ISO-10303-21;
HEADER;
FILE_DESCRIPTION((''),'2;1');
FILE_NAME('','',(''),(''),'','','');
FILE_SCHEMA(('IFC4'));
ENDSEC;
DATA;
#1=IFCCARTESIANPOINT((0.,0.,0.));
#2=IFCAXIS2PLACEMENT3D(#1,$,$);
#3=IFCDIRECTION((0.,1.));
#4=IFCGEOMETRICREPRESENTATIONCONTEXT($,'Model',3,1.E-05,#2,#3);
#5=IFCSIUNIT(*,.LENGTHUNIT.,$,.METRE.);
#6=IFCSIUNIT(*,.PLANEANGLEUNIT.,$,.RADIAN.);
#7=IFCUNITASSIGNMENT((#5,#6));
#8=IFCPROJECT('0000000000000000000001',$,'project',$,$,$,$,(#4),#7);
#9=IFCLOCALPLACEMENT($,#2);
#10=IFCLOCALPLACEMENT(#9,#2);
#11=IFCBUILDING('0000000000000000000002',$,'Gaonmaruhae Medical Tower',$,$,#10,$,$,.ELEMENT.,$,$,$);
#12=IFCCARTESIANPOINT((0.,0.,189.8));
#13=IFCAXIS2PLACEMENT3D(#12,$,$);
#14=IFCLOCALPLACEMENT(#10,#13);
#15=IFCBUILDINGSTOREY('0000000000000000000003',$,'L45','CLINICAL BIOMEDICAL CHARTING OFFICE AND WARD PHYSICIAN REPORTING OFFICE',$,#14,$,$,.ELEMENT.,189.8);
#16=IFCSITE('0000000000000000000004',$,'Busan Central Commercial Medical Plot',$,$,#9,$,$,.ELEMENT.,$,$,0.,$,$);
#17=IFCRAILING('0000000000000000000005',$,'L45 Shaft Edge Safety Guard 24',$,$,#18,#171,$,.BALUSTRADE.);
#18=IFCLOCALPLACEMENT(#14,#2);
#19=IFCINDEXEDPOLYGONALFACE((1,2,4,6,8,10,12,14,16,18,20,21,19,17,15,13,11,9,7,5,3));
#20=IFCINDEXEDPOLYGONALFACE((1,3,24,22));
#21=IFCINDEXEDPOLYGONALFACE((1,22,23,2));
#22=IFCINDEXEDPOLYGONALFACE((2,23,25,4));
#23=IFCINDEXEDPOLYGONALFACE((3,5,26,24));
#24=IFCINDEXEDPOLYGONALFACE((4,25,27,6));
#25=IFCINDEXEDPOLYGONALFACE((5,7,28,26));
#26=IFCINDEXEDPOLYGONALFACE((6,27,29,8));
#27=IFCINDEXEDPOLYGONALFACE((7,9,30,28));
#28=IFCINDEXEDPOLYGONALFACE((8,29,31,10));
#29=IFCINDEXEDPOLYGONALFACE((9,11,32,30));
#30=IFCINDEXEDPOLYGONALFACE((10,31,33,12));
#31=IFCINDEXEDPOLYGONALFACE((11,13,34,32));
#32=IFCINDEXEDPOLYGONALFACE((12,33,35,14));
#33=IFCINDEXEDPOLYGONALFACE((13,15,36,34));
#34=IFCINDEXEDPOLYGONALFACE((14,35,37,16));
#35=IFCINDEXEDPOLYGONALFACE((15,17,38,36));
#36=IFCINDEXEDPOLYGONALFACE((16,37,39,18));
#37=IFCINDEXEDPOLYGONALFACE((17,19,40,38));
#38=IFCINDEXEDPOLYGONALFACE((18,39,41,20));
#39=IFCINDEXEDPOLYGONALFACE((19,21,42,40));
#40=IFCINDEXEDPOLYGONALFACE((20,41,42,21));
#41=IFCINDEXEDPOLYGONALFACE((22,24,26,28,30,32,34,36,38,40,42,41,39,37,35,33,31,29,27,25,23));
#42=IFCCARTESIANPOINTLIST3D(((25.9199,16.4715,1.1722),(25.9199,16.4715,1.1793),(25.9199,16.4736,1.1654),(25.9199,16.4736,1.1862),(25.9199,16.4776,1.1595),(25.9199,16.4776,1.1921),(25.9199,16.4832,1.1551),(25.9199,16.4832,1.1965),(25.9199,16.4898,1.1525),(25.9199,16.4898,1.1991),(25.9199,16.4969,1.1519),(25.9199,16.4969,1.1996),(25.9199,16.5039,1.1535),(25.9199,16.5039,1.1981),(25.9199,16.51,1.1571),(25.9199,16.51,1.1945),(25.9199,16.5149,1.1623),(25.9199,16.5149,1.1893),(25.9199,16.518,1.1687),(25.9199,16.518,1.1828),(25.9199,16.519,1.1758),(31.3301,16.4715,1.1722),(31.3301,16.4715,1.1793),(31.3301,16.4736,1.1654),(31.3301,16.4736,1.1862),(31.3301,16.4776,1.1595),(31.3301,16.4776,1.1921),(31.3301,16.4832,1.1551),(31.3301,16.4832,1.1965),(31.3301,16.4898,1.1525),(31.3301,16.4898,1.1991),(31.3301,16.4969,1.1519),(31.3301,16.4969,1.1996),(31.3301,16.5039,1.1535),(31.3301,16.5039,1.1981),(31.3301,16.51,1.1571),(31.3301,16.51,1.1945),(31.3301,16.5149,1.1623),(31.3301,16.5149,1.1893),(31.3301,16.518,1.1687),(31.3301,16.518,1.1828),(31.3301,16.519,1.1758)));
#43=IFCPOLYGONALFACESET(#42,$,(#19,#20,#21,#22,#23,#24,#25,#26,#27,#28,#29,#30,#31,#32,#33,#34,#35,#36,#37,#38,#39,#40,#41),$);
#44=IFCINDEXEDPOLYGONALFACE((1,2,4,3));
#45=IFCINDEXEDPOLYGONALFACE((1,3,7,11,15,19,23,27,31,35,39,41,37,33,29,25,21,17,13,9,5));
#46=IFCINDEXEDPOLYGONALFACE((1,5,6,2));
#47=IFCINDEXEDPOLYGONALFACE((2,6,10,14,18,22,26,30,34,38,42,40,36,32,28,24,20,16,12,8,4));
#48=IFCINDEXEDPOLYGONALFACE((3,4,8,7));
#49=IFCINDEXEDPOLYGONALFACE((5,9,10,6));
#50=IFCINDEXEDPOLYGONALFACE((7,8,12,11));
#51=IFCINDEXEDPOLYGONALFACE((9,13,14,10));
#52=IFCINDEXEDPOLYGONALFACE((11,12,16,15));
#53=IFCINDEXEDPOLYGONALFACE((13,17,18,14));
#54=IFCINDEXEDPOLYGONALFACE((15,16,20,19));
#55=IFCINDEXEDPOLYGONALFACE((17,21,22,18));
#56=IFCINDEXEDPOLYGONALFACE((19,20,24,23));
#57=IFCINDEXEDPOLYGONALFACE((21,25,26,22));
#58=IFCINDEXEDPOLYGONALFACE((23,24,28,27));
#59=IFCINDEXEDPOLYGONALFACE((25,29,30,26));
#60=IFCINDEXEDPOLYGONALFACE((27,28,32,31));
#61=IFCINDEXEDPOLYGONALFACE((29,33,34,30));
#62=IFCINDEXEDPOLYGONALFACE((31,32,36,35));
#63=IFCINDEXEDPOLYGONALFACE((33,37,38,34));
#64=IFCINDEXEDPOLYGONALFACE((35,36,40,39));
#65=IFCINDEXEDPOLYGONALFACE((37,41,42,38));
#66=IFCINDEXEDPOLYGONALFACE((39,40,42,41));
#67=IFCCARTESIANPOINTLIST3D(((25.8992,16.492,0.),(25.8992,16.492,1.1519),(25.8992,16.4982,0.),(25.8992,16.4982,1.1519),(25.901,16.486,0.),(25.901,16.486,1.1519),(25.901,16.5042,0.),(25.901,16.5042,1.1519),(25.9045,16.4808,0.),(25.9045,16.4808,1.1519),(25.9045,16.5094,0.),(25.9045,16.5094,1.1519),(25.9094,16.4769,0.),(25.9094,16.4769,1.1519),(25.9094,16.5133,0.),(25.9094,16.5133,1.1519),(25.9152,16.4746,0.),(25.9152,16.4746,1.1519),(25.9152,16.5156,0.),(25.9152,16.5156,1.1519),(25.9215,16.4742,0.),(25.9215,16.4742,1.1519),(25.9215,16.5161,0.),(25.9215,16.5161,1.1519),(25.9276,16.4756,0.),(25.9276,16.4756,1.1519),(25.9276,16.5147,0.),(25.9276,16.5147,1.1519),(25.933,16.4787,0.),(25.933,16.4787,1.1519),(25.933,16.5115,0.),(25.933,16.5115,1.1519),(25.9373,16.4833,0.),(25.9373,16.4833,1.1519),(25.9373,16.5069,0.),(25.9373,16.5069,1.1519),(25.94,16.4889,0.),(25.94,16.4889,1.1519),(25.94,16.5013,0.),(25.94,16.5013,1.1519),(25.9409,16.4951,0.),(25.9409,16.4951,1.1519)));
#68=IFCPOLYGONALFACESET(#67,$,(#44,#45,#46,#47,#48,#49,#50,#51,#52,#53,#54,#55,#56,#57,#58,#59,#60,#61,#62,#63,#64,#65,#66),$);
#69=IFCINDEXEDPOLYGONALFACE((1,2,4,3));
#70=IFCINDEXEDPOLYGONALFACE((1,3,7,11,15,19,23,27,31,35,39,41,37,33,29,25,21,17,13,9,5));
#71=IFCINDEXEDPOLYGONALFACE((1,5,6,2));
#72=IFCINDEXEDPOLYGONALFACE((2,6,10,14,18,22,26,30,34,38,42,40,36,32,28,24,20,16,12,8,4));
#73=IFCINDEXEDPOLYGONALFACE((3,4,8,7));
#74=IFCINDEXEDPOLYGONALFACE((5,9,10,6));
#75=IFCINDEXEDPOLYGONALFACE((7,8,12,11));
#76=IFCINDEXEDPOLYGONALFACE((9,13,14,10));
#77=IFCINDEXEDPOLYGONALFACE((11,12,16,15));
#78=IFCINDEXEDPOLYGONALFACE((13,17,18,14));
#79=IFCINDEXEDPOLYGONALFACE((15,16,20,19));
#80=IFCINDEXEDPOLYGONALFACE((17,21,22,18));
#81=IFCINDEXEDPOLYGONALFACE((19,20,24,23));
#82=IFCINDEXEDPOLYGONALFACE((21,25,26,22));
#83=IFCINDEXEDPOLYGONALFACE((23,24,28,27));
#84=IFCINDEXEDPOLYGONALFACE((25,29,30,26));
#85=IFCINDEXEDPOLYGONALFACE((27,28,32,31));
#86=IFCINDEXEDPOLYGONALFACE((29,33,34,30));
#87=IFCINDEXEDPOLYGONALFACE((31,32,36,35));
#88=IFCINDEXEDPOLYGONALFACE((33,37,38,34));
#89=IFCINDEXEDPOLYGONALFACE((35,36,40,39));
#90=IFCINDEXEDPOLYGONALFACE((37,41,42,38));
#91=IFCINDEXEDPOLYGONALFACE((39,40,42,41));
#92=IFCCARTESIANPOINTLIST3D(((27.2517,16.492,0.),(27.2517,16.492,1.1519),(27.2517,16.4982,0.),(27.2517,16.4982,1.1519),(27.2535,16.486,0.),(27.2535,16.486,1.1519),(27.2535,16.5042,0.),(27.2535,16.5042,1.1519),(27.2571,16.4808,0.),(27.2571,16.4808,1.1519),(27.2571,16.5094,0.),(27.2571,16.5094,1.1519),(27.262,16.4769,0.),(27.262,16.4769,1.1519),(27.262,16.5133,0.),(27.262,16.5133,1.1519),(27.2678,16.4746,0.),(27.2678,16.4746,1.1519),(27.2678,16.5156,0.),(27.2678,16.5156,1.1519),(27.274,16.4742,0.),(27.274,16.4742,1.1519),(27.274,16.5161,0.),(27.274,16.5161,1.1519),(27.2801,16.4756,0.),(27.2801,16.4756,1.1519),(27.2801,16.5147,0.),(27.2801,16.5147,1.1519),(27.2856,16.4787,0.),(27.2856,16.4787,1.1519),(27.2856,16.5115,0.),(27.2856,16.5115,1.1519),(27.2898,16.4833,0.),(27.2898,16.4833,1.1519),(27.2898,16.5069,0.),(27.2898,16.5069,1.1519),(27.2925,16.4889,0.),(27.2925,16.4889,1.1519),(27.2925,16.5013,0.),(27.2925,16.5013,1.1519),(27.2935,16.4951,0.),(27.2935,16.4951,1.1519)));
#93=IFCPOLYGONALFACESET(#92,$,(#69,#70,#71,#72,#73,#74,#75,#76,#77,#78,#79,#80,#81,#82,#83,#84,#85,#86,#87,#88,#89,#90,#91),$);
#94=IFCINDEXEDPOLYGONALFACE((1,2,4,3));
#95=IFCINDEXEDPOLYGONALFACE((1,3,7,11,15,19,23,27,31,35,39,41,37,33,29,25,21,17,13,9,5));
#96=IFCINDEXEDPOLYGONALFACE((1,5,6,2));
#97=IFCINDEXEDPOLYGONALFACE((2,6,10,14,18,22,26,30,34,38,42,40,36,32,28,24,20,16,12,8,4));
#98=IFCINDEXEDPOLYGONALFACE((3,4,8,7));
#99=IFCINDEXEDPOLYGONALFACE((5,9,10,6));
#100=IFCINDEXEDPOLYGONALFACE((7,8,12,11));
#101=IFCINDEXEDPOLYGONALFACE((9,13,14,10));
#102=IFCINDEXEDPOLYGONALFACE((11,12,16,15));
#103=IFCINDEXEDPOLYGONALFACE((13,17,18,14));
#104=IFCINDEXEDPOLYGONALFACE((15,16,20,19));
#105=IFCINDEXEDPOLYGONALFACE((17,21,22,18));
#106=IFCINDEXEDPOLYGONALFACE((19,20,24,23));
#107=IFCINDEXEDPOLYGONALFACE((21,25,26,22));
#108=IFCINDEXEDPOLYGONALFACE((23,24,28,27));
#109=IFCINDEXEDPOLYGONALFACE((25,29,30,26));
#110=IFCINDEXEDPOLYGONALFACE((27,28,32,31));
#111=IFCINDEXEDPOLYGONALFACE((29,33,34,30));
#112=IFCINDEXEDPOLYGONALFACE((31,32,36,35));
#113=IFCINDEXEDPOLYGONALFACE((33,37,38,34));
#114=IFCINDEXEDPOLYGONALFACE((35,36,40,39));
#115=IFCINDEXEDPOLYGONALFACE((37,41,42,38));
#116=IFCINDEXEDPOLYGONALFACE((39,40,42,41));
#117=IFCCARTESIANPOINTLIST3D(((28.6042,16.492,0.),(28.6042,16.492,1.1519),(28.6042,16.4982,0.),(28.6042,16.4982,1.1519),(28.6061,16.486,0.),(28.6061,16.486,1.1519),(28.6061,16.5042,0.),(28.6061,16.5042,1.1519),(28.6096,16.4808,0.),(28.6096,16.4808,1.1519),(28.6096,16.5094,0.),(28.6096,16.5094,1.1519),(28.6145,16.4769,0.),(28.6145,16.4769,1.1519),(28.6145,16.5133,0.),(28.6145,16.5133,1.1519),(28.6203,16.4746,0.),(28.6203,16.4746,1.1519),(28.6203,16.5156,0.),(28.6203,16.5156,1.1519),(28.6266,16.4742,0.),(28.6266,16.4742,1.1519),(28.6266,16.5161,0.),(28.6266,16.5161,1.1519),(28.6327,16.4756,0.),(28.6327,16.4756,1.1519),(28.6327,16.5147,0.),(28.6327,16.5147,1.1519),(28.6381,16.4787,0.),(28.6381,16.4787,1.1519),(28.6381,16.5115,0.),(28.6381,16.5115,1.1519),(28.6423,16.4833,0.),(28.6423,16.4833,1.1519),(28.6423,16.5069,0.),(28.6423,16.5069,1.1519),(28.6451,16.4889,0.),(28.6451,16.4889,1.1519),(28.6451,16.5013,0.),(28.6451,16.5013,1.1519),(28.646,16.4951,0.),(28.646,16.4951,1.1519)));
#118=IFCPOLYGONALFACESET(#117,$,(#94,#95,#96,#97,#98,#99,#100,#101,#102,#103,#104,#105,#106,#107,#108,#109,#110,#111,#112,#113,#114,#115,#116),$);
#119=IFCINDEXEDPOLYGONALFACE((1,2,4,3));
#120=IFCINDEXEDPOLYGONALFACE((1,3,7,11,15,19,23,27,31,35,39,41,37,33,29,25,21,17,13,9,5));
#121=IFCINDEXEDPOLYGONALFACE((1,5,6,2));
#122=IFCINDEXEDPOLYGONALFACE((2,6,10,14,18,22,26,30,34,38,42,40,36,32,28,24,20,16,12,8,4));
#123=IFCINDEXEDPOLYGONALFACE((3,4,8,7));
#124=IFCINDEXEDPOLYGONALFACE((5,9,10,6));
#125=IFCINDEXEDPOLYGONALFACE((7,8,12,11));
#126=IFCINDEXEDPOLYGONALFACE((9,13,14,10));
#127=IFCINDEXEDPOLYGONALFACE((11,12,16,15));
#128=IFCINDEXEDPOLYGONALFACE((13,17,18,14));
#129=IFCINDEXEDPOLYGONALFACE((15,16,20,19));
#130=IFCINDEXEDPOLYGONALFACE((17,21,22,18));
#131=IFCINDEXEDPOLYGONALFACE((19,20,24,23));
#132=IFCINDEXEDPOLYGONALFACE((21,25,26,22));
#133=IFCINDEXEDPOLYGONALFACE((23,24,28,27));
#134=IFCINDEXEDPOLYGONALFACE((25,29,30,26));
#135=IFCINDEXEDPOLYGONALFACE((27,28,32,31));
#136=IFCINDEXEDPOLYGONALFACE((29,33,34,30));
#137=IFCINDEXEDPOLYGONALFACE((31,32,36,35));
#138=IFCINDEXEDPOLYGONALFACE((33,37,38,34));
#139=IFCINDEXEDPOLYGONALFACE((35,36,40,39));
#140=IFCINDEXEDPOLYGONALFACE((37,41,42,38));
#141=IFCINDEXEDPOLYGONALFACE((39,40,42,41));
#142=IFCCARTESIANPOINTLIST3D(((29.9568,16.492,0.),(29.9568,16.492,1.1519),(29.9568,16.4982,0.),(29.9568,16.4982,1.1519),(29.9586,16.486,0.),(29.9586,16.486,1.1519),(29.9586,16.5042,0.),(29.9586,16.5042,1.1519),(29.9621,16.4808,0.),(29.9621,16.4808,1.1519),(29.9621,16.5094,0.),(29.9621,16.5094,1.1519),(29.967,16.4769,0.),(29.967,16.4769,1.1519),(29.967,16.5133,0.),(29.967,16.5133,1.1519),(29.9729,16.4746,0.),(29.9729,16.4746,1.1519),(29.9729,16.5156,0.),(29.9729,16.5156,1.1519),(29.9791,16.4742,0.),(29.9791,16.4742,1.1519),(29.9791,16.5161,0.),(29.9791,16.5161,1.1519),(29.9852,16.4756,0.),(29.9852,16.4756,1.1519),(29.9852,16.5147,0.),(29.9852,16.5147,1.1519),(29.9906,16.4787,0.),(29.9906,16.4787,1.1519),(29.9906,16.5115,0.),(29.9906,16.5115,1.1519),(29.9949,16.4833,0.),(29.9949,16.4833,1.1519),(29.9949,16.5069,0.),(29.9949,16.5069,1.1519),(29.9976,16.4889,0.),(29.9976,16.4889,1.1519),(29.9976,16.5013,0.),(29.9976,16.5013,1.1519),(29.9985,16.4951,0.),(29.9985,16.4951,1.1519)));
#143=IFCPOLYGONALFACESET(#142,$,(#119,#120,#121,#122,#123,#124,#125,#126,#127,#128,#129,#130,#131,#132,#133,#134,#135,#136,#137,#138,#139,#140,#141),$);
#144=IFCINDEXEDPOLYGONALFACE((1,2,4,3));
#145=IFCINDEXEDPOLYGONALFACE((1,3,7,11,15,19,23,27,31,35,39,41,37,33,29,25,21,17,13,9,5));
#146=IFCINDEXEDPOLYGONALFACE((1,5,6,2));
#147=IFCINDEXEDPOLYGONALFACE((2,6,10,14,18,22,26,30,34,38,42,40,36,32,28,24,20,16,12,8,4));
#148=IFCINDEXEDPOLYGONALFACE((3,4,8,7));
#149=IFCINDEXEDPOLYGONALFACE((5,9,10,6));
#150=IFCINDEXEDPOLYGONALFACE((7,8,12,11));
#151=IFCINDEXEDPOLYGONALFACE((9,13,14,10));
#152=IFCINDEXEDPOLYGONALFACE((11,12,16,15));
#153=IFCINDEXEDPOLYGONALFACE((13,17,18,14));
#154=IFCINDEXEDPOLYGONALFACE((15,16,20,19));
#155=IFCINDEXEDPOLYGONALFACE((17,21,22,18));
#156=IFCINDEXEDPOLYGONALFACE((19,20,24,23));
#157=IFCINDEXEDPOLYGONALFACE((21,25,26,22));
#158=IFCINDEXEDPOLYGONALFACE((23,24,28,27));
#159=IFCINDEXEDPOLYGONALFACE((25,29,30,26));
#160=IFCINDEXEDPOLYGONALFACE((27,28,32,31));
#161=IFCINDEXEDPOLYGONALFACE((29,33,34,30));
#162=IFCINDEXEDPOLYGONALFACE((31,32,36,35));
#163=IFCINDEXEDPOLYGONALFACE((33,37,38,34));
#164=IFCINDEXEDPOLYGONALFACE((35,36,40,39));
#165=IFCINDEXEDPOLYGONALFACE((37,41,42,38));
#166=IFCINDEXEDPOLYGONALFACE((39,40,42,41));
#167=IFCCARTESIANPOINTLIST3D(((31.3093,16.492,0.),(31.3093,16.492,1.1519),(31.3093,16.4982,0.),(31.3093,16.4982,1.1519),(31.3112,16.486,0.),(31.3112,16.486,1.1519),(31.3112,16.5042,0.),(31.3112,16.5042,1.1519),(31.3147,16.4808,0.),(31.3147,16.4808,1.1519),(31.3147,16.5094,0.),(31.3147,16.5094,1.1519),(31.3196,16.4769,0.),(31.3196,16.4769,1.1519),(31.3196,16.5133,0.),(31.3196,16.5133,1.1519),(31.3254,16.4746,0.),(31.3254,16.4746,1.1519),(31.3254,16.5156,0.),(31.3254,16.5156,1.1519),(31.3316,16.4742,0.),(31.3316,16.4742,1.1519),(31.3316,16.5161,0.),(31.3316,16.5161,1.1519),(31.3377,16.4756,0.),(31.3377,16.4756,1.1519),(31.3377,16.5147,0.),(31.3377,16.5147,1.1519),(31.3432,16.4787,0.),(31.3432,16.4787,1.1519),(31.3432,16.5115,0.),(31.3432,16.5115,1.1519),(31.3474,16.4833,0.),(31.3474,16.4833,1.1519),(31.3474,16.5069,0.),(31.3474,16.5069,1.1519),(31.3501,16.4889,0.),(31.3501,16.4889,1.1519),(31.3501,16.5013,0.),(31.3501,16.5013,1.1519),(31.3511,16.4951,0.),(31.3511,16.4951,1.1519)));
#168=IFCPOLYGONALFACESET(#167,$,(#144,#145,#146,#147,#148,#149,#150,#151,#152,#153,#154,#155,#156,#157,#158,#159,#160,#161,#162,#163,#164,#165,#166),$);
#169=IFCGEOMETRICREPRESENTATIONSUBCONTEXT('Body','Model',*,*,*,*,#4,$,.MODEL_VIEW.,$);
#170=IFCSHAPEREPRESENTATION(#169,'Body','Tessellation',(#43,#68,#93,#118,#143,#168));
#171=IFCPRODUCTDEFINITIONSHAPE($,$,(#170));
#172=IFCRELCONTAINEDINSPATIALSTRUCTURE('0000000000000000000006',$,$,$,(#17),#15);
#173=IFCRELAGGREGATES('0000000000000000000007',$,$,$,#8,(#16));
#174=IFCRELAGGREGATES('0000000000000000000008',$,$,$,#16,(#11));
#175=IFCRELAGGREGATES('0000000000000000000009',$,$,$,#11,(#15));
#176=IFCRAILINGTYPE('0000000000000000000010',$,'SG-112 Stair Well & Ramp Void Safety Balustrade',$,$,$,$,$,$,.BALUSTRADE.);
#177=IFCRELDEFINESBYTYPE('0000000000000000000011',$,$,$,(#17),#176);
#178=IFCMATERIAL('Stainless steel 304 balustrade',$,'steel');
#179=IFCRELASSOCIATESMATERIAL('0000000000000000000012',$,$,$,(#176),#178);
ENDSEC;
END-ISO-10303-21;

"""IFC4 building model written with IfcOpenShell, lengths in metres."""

from ifc_helpers import new_model, si_unit, direction, frame, origin, origin_2d, place, context, subcontext, project, spatial, circle, extrude, material, type_object, element, save


model = new_model("IFC4")

# Units and contexts
model_context = context("Model", 3, precision=1e-05, world=origin(), true_north=direction((0.0, 1.0)))
body_context = subcontext(model_context, "Body", "Model", "MODEL_VIEW")
ifc_project = project(units=[si_unit("LENGTHUNIT", "METRE"), si_unit("PLANEANGLEUNIT", "RADIAN")], contexts=[model_context])

# Site, building, storey
site_placement = place(None, origin())
site = spatial("IfcSite", under=ifc_project, at=site_placement, Name="Busan Central Commercial Medical Plot", CompositionType="ELEMENT", RefElevation=0.0)
building_placement = place(site_placement, origin())
building = spatial("IfcBuilding", under=site, at=building_placement, Name="Gaonmaruhae Medical Tower", CompositionType="ELEMENT")
storey_placement = place(building_placement, frame((0.0, 0.0, 189.8)))
storey = spatial("IfcBuildingStorey", under=building, at=storey_placement, Name="L45", Description="CLINICAL BIOMEDICAL CHARTING OFFICE AND WARD PHYSICIAN REPORTING OFFICE", CompositionType="ELEMENT", Elevation=189.8)

# Railing
ifc_material_1 = material(Name="Stainless steel 304 balustrade", Category="steel")
railing_type = type_object("IfcRailingType", Name="SG-112 Stair Well & Ramp Void Safety Balustrade", PredefinedType="BALUSTRADE", material=ifc_material_1)
railing_1_placement = place(storey_placement, frame((25.9199, 16.4951, 0.0)))
element("IfcRailing", 1, at=railing_1_placement, inside=storey, type_object=railing_type, Name="L45 Shaft Edge Safety Guard 24", PredefinedType="BALUSTRADE", context=body_context, shape_type="SweptSolid", body=[
    extrude(circle(Radius=0.0239, at=origin_2d()), frame((0.0, 0.0, 1.1758), z_axis=(1.0, 0.0, 0.0), x_axis=(0.0, 1.0, 0.0)), (0.0, 0.0, 1.0), 5.4102),
    extrude(circle(Radius=0.021, at=origin_2d()), origin(), (0.0, 0.0, 1.0), 1.1519),
    extrude(circle(Radius=0.021, at=origin_2d()), frame((1.3525, 0.0, 0.0)), (0.0, 0.0, 1.0), 1.1519),
    extrude(circle(Radius=0.021, at=origin_2d()), frame((2.7051, 0.0, 0.0)), (0.0, 0.0, 1.0), 1.1519),
    extrude(circle(Radius=0.021, at=origin_2d()), frame((4.0576, 0.0, 0.0)), (0.0, 0.0, 1.0), 1.1519),
    extrude(circle(Radius=0.021, at=origin_2d()), frame((5.4102, 0.0, 0.0)), (0.0, 0.0, 1.0), 1.1519),
])

save(model, "model.ifc")
